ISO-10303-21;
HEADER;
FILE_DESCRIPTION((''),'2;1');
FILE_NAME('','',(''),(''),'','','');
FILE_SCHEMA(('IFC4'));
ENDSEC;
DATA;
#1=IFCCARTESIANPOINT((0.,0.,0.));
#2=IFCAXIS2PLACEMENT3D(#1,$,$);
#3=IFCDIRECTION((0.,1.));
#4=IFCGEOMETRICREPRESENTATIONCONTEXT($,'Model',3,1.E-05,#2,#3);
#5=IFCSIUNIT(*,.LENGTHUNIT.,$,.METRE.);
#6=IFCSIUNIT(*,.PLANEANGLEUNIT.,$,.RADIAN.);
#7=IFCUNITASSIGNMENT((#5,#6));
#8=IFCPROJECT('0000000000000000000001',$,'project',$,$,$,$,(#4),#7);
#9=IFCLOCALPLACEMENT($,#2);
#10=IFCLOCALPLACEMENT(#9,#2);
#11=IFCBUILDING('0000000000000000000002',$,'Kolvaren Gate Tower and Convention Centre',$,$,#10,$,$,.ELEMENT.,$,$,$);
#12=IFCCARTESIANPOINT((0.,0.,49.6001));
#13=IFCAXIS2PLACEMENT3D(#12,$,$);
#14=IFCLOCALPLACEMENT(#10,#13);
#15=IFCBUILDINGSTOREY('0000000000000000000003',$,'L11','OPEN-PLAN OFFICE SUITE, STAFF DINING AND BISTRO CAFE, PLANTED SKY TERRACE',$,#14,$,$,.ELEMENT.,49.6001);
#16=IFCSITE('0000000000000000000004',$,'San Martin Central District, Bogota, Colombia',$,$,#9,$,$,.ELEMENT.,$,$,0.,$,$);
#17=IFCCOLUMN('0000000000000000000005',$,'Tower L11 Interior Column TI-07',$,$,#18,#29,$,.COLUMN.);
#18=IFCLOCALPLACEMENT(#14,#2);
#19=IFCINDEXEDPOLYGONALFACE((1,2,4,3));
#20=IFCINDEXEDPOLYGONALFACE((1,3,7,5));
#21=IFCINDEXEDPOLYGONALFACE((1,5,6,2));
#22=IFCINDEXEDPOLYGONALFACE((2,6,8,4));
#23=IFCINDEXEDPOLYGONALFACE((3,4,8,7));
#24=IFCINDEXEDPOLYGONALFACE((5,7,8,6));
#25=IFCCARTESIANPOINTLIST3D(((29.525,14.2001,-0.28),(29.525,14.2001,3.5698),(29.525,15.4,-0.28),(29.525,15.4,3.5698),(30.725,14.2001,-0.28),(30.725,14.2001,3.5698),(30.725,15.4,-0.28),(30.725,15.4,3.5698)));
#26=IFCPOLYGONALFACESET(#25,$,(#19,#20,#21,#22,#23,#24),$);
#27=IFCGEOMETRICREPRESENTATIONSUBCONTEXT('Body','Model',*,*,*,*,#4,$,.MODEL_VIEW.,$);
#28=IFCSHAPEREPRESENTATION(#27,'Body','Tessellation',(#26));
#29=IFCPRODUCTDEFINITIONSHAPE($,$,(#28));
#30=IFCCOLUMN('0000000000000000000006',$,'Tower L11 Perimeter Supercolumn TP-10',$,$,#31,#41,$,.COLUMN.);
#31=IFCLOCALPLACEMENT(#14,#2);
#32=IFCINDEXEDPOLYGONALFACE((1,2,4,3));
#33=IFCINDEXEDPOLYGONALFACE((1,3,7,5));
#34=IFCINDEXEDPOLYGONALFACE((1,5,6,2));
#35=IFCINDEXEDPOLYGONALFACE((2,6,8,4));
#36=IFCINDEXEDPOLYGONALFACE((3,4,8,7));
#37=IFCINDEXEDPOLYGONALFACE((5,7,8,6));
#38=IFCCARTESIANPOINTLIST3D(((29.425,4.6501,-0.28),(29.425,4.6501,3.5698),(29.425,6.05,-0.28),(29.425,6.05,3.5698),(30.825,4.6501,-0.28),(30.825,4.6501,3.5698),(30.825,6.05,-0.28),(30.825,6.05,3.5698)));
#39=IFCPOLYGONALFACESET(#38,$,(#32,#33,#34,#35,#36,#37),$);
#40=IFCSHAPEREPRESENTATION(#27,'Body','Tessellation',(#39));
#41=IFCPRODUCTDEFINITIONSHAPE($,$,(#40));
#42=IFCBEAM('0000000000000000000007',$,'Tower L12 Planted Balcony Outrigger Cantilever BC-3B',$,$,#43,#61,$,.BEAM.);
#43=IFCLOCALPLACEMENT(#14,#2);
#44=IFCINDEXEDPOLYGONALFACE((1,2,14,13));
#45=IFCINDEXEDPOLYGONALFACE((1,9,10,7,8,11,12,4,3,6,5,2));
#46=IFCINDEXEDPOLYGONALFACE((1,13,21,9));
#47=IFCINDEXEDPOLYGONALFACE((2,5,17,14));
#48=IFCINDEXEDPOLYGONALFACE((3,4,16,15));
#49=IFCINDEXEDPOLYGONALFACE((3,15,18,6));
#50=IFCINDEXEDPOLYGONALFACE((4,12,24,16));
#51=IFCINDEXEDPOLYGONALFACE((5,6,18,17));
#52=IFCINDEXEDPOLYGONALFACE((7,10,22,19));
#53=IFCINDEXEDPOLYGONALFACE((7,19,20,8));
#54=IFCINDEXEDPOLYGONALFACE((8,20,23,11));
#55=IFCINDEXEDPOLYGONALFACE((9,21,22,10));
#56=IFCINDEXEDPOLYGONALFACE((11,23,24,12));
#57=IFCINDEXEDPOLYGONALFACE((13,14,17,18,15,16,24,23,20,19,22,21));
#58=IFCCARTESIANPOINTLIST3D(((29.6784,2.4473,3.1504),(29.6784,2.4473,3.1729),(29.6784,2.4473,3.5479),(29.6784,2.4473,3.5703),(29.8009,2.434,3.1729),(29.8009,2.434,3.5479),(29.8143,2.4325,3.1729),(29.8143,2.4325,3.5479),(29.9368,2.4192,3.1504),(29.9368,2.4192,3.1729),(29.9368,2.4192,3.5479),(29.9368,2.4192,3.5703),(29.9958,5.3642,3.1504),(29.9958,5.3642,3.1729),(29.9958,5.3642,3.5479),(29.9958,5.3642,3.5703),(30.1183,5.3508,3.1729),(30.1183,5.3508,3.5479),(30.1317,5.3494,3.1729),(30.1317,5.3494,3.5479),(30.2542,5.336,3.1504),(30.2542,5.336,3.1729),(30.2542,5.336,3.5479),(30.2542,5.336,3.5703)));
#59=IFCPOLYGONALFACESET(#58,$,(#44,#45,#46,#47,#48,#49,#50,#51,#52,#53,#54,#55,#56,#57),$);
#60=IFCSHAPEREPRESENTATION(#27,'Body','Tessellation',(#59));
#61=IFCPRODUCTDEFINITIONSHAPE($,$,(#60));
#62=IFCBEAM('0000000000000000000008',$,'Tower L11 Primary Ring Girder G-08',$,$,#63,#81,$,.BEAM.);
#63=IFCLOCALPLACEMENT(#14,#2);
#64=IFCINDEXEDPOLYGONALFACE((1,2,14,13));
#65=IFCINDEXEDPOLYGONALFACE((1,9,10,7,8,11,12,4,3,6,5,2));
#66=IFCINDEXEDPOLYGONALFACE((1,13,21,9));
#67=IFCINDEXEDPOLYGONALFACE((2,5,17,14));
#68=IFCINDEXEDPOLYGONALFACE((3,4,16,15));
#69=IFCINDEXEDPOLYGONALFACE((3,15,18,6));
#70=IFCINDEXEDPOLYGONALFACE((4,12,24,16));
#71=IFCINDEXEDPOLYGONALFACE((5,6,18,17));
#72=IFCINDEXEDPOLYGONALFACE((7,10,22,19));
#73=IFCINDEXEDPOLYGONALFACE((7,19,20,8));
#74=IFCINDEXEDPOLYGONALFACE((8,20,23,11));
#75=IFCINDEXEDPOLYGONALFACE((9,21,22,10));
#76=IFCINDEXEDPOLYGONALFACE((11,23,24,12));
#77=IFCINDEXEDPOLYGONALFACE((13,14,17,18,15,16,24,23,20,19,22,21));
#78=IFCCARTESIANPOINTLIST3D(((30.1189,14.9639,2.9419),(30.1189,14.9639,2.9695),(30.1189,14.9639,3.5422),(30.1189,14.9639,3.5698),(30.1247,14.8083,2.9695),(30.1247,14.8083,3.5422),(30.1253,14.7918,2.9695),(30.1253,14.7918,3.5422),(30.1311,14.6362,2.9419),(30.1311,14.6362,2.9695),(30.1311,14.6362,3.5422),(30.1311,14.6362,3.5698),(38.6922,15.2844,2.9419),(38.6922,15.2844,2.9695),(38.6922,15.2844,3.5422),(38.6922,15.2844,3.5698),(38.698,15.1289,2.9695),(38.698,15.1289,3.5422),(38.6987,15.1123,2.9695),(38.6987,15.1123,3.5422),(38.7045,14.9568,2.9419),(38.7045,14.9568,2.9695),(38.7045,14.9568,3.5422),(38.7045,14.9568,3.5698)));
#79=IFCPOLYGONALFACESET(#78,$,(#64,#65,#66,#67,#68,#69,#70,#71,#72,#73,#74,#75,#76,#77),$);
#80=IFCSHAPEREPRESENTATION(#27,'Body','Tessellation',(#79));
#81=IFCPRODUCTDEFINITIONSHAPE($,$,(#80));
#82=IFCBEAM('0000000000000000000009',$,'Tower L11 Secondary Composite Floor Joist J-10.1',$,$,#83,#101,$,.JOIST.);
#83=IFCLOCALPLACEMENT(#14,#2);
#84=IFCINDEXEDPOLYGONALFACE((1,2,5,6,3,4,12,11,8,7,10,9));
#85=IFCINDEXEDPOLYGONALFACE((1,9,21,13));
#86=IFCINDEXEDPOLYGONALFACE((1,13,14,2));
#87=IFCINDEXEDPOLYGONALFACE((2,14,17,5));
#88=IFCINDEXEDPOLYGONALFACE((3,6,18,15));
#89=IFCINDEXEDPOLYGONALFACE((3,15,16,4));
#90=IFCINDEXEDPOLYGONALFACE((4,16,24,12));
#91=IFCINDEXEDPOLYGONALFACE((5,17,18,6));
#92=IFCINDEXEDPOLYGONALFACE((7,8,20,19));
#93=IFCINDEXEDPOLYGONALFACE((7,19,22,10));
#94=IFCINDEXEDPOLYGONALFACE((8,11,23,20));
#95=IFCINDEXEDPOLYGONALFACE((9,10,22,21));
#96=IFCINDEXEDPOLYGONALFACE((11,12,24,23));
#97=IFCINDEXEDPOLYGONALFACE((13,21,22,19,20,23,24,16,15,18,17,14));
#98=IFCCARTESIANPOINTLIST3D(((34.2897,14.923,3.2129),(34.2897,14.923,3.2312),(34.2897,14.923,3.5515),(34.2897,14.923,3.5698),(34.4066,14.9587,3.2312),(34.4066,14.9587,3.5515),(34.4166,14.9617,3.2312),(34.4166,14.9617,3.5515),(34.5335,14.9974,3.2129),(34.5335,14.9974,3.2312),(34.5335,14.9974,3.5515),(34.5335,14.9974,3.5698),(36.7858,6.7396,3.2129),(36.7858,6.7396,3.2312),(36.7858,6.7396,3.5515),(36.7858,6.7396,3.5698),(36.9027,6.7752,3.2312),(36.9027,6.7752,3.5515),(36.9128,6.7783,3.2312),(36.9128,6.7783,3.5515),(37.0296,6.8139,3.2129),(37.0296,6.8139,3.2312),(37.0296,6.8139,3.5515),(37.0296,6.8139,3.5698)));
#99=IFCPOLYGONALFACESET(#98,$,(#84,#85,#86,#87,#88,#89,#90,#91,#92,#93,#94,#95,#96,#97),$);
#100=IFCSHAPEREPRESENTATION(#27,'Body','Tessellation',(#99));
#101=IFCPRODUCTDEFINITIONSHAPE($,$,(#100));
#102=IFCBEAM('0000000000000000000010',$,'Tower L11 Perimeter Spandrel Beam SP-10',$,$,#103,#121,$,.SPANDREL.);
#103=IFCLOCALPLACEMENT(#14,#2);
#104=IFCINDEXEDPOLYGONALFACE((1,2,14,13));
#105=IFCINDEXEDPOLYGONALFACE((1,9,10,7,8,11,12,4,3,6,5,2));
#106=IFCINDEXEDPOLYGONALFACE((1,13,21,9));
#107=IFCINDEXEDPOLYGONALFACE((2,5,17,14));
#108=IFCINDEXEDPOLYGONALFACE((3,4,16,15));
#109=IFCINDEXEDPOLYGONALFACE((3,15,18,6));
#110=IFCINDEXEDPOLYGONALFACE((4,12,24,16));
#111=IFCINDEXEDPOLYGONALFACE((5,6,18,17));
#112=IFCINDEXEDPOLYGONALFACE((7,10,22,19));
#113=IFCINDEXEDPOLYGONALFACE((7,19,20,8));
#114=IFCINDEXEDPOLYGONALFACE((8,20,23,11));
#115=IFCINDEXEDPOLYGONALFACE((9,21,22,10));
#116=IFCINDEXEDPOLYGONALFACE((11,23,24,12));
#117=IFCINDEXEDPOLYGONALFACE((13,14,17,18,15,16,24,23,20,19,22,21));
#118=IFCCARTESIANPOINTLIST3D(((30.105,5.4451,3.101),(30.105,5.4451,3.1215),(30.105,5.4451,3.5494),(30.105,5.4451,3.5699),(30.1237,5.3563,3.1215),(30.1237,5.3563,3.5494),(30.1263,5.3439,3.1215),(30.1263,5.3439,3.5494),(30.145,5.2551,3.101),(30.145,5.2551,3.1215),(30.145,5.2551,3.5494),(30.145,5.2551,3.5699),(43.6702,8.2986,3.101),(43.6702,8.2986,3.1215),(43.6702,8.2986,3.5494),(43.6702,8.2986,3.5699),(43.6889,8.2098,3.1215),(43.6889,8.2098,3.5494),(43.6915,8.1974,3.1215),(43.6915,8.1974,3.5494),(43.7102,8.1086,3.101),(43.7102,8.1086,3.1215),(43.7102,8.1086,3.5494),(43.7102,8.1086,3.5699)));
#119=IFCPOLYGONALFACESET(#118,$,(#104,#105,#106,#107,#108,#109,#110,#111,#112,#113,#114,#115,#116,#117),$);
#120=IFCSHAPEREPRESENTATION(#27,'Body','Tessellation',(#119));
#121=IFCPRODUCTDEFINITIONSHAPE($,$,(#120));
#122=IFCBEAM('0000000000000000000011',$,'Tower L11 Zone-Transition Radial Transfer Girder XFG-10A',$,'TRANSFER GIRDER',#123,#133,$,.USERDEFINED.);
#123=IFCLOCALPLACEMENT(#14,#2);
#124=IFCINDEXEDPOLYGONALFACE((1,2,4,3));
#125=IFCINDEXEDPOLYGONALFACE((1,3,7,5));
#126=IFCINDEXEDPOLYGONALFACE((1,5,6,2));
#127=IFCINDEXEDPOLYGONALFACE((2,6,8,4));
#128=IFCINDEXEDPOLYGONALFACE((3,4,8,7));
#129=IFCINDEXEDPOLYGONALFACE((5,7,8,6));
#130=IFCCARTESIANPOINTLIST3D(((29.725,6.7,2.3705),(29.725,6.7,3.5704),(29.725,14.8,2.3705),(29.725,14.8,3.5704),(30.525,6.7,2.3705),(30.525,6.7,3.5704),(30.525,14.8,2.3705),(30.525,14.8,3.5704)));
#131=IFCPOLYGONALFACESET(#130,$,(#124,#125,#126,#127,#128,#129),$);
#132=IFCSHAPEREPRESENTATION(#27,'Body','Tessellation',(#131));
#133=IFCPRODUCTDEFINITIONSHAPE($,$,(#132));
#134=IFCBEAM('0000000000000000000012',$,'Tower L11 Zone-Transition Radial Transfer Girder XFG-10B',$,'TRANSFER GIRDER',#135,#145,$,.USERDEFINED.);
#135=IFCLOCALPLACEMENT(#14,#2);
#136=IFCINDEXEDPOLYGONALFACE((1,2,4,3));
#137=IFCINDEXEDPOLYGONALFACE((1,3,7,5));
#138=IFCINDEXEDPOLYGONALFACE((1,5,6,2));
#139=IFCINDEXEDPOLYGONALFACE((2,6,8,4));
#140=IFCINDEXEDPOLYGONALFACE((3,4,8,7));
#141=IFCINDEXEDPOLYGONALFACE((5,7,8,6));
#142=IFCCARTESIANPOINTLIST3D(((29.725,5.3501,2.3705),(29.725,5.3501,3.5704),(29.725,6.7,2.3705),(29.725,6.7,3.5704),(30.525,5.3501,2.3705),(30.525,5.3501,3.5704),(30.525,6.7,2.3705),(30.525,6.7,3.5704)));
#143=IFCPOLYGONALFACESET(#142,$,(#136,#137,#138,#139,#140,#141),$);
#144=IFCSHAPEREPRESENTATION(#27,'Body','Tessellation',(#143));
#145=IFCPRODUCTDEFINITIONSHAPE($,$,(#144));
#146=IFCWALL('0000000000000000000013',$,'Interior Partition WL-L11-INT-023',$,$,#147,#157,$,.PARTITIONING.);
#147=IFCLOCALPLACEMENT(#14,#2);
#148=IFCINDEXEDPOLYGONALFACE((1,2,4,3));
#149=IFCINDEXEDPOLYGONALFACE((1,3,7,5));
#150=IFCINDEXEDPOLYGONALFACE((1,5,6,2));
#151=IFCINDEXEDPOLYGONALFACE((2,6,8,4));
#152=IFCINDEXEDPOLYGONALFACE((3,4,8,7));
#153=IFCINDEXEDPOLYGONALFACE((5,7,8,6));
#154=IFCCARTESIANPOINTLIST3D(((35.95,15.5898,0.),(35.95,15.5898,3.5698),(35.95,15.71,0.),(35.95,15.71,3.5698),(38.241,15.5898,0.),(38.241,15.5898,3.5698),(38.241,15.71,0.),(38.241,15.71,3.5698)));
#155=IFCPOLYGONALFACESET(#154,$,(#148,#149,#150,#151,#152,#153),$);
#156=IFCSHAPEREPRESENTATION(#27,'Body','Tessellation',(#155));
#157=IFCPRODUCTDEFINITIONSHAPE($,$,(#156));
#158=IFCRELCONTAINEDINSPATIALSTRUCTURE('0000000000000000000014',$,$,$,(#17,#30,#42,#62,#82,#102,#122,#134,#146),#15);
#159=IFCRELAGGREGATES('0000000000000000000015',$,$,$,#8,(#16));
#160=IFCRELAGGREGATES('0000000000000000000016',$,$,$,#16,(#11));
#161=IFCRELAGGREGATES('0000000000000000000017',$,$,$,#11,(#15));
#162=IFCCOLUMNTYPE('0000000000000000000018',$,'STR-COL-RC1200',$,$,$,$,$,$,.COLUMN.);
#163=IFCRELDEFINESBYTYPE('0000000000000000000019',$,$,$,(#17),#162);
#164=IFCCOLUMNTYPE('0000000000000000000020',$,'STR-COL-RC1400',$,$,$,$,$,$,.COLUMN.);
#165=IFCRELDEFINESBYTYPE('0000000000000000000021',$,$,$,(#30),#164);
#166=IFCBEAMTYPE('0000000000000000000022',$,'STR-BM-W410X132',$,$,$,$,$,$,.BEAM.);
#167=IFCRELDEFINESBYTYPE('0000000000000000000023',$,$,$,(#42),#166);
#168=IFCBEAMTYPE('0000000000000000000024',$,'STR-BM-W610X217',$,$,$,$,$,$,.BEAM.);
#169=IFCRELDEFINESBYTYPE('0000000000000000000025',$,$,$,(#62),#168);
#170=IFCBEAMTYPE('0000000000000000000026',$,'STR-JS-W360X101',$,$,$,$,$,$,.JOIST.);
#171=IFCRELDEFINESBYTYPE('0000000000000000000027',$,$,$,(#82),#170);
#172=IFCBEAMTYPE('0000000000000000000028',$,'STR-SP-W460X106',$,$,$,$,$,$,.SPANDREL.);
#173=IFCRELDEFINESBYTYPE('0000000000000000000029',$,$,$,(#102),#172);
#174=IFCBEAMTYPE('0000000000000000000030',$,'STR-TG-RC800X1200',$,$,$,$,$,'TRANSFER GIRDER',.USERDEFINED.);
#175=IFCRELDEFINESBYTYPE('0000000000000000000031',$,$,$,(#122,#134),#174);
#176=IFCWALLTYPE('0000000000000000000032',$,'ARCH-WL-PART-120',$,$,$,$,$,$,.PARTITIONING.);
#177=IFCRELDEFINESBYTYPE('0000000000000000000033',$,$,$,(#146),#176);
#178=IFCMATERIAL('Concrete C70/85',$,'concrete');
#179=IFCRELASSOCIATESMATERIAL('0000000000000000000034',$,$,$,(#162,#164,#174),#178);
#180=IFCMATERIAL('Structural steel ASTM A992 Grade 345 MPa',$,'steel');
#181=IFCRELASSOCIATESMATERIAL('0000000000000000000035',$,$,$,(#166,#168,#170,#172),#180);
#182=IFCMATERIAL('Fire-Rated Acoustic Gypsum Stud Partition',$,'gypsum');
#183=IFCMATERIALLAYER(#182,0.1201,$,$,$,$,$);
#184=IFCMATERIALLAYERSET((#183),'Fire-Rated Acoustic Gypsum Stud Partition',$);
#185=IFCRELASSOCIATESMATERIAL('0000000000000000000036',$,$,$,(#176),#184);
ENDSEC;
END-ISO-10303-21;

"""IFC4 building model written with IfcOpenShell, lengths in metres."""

from ifc_helpers import new_model, si_unit, direction, frame, frame_2d, origin, origin_2d, place, context, subcontext, project, spatial, rectangle, i_section, extrude, material, layer, layer_set, material_profile, profile_set, type_object, element, save


model = new_model("IFC4")

# Units and contexts
model_context = context("Model", 3, precision=1e-05, world=origin(), true_north=direction((0.0, 1.0)))
body_context = subcontext(model_context, "Body", "Model", "MODEL_VIEW")
ifc_project = project(units=[si_unit("LENGTHUNIT", "METRE"), si_unit("PLANEANGLEUNIT", "RADIAN")], contexts=[model_context])

# Site, building, storey
site_placement = place(None, origin())
site = spatial("IfcSite", under=ifc_project, at=site_placement, Name="San Martin Central District, Bogota, Colombia", CompositionType="ELEMENT", RefElevation=0.0)
building_placement = place(site_placement, origin())
building = spatial("IfcBuilding", under=site, at=building_placement, Name="Kolvaren Gate Tower and Convention Centre", CompositionType="ELEMENT")
storey_placement = place(building_placement, frame((0.0, 0.0, 49.6001)))
storey = spatial("IfcBuildingStorey", under=building, at=storey_placement, Name="L11", Description="OPEN-PLAN OFFICE SUITE, STAFF DINING AND BISTRO CAFE, PLANTED SKY TERRACE", CompositionType="ELEMENT", Elevation=49.6001)

# Columns
ifc_material_1 = material(Name="Concrete C70/85", Category="concrete")
ifc_material_profile_1 = material_profile(ifc_material_1, rectangle(XDim=1.2, YDim=1.2, at=origin_2d()), Name="RC-COL-1200X1200")
ifc_profile_set_1 = profile_set([ifc_material_profile_1], Name="Concrete C70/85")
column_type_1 = type_object("IfcColumnType", Name="STR-COL-RC1200", PredefinedType="COLUMN", material=ifc_profile_set_1)
column_1_placement = place(storey_placement, frame((30.125, 14.8, -0.28), z_axis=(0.0, 0.0, 1.0), x_axis=(1.0, 0.0, 0.0)))
element("IfcColumn", 1, at=column_1_placement, inside=storey, type_object=column_type_1, Name="Tower L11 Interior Column TI-07", PredefinedType="COLUMN", context=body_context, shape_type="SweptSolid", body=[
    extrude(rectangle(XDim=1.2, YDim=1.2, at=origin_2d()), origin(), (0.0, 0.0, 1.0), 3.8499),
])
ifc_material_profile_2 = material_profile(ifc_material_1, rectangle(XDim=1.3999, YDim=1.3999, at=origin_2d()), Name="RC-COL-1400X1400")
ifc_profile_set_2 = profile_set([ifc_material_profile_2], Name="Concrete C70/85")
column_type_2 = type_object("IfcColumnType", Name="STR-COL-RC1400", PredefinedType="COLUMN", material=ifc_profile_set_2)
column_2_placement = place(storey_placement, frame((30.125, 5.3501, -0.28), z_axis=(0.0, 0.0, 1.0), x_axis=(1.0, 0.0, 0.0)))
element("IfcColumn", 2, at=column_2_placement, inside=storey, type_object=column_type_2, Name="Tower L11 Perimeter Supercolumn TP-10", PredefinedType="COLUMN", context=body_context, shape_type="SweptSolid", body=[
    extrude(rectangle(XDim=1.3999, YDim=1.3999, at=origin_2d()), origin(), (0.0, 0.0, 1.0), 3.8499),
])

# Beams
ifc_material_2 = material(Name="Structural steel ASTM A992 Grade 345 MPa", Category="steel")
ifc_material_profile_3 = material_profile(ifc_material_2, i_section(OverallWidth=0.26, OverallDepth=0.4199, WebThickness=0.0134, FlangeThickness=0.0225, at=origin_2d()), Name="W410X132")
ifc_profile_set_3 = profile_set([ifc_material_profile_3], Name="Structural steel ASTM A992 Grade 345 MPa")
beam_type_1 = type_object("IfcBeamType", Name="STR-BM-W410X132", PredefinedType="BEAM", material=ifc_profile_set_3)
beam_1_placement = place(storey_placement, frame((30.125, 5.3501, 3.3604), z_axis=(-0.108175, -0.994132, 0.0), x_axis=(0.994132, -0.108175, 0.0)))
element("IfcBeam", 3, at=beam_1_placement, inside=storey, type_object=beam_type_1, Name="Tower L12 Planted Balcony Outrigger Cantilever BC-3B", PredefinedType="BEAM", context=body_context, shape_type="SweptSolid", body=[
    extrude(i_section(OverallWidth=0.26, OverallDepth=0.4199, WebThickness=0.0134, FlangeThickness=0.0225, at=origin_2d()), origin(), (0.0, 0.0, 1.0), 2.9341),
])
ifc_material_profile_4 = material_profile(ifc_material_2, i_section(OverallWidth=0.3279, OverallDepth=0.6279, WebThickness=0.0166, FlangeThickness=0.0276, at=origin_2d()), Name="W610X217")
ifc_profile_set_4 = profile_set([ifc_material_profile_4], Name="Structural steel ASTM A992 Grade 345 MPa")
beam_type_2 = type_object("IfcBeamType", Name="STR-BM-W610X217", PredefinedType="BEAM", material=ifc_profile_set_4)
beam_2_placement = place(storey_placement, frame((30.125, 14.8, 3.2559), z_axis=(0.999302, 0.037364, 0.0), x_axis=(-0.037364, 0.999302, 0.0)))
element("IfcBeam", 4, at=beam_2_placement, inside=storey, type_object=beam_type_2, Name="Tower L11 Primary Ring Girder G-08", PredefinedType="BEAM", context=body_context, shape_type="SweptSolid", body=[
    extrude(i_section(OverallWidth=0.3279, OverallDepth=0.6279, WebThickness=0.0166, FlangeThickness=0.0276, at=origin_2d()), origin(), (0.0, 0.0, 1.0), 8.5793),
])
ifc_material_profile_5 = material_profile(ifc_material_2, i_section(OverallWidth=0.2549, OverallDepth=0.3569, WebThickness=0.0105, FlangeThickness=0.0183, at=origin_2d()), Name="W360X101")
ifc_profile_set_5 = profile_set([ifc_material_profile_5], Name="Structural steel ASTM A992 Grade 345 MPa")
beam_type_3 = type_object("IfcBeamType", Name="STR-JS-W360X101", PredefinedType="JOIST", material=ifc_profile_set_5)
beam_3_placement = place(storey_placement, frame((34.4116, 14.9602, 3.3914), z_axis=(0.291751, -0.956494, 0.0), x_axis=(0.956494, 0.291751, 0.0)))
element("IfcBeam", 5, at=beam_3_placement, inside=storey, type_object=beam_type_3, Name="Tower L11 Secondary Composite Floor Joist J-10.1", PredefinedType="JOIST", context=body_context, shape_type="SweptSolid", body=[
    extrude(i_section(OverallWidth=0.2549, OverallDepth=0.3569, WebThickness=0.0105, FlangeThickness=0.0183, at=origin_2d()), origin(), (0.0, 0.0, 1.0), 8.5557),
])
ifc_material_profile_6 = material_profile(ifc_material_2, i_section(OverallWidth=0.1941, OverallDepth=0.469, WebThickness=0.0127, FlangeThickness=0.0205, at=origin_2d()), Name="W460X106")
ifc_profile_set_6 = profile_set([ifc_material_profile_6], Name="Structural steel ASTM A992 Grade 345 MPa")
beam_type_4 = type_object("IfcBeamType", Name="STR-SP-W460X106", PredefinedType="SPANDREL", material=ifc_profile_set_6)
beam_4_placement = place(storey_placement, frame((30.125, 5.3501, 3.3354), z_axis=(0.978583, 0.205851, 0.0), x_axis=(-0.205851, 0.978583, 0.0)))
element("IfcBeam", 6, at=beam_4_placement, inside=storey, type_object=beam_type_4, Name="Tower L11 Perimeter Spandrel Beam SP-10", PredefinedType="SPANDREL", context=body_context, shape_type="SweptSolid", body=[
    extrude(i_section(OverallWidth=0.1941, OverallDepth=0.469, WebThickness=0.0127, FlangeThickness=0.0205, at=origin_2d()), origin(), (0.0, 0.0, 1.0), 13.8621),
])
ifc_material_profile_7 = material_profile(ifc_material_1, rectangle(XDim=0.8, YDim=1.2, at=origin_2d()), Name="RC-BM-800X1200")
ifc_profile_set_7 = profile_set([ifc_material_profile_7], Name="Concrete C70/85")
beam_type_5 = type_object("IfcBeamType", Name="STR-TG-RC800X1200", ElementType="TRANSFER GIRDER", PredefinedType="USERDEFINED", material=ifc_profile_set_7)
beam_5_placement = place(storey_placement, frame((30.125, 14.8, 2.9705), z_axis=(0.0, -1.0, 0.0), x_axis=(1.0, 0.0, 0.0)))
element("IfcBeam", 7, at=beam_5_placement, inside=storey, type_object=beam_type_5, Name="Tower L11 Zone-Transition Radial Transfer Girder XFG-10A", ObjectType="TRANSFER GIRDER", PredefinedType="USERDEFINED", context=body_context, shape_type="SweptSolid", body=[
    extrude(rectangle(XDim=0.8, YDim=1.2, at=origin_2d()), origin(), (0.0, 0.0, 1.0), 8.1001),
])
beam_6_placement = place(storey_placement, frame((30.125, 6.7, 2.9705), z_axis=(0.0, -1.0, 0.0), x_axis=(1.0, 0.0, 0.0)))
element("IfcBeam", 8, at=beam_6_placement, inside=storey, type_object=beam_type_5, Name="Tower L11 Zone-Transition Radial Transfer Girder XFG-10B", ObjectType="TRANSFER GIRDER", PredefinedType="USERDEFINED", context=body_context, shape_type="SweptSolid", body=[
    extrude(rectangle(XDim=0.8, YDim=1.2, at=origin_2d()), origin(), (0.0, 0.0, 1.0), 1.3499),
])

# Wall
ifc_material_3 = material(Name="Fire-Rated Acoustic Gypsum Stud Partition", Category="gypsum")
ifc_layer_1 = layer(ifc_material_3, 0.1201)
ifc_layer_set_1 = layer_set([ifc_layer_1], Name="Fire-Rated Acoustic Gypsum Stud Partition")
wall_type_1 = type_object("IfcWallType", Name="ARCH-WL-PART-120", PredefinedType="PARTITIONING", material=ifc_layer_set_1)
wall_1_placement = place(storey_placement, frame((35.95, 15.6499, 0.0), z_axis=(0.0, 0.0, 1.0), x_axis=(1.0, 0.0, 0.0)))
element("IfcWall", 9, at=wall_1_placement, inside=storey, type_object=wall_type_1, Name="Interior Partition WL-L11-INT-023", PredefinedType="PARTITIONING", context=body_context, shape_type="SweptSolid", body=[
    extrude(rectangle(XDim=2.291, YDim=0.1201, at=frame_2d((1.1455, 0.0))), origin(), (0.0, 0.0, 1.0), 3.5698),
])

save(model, "model.ifc")
